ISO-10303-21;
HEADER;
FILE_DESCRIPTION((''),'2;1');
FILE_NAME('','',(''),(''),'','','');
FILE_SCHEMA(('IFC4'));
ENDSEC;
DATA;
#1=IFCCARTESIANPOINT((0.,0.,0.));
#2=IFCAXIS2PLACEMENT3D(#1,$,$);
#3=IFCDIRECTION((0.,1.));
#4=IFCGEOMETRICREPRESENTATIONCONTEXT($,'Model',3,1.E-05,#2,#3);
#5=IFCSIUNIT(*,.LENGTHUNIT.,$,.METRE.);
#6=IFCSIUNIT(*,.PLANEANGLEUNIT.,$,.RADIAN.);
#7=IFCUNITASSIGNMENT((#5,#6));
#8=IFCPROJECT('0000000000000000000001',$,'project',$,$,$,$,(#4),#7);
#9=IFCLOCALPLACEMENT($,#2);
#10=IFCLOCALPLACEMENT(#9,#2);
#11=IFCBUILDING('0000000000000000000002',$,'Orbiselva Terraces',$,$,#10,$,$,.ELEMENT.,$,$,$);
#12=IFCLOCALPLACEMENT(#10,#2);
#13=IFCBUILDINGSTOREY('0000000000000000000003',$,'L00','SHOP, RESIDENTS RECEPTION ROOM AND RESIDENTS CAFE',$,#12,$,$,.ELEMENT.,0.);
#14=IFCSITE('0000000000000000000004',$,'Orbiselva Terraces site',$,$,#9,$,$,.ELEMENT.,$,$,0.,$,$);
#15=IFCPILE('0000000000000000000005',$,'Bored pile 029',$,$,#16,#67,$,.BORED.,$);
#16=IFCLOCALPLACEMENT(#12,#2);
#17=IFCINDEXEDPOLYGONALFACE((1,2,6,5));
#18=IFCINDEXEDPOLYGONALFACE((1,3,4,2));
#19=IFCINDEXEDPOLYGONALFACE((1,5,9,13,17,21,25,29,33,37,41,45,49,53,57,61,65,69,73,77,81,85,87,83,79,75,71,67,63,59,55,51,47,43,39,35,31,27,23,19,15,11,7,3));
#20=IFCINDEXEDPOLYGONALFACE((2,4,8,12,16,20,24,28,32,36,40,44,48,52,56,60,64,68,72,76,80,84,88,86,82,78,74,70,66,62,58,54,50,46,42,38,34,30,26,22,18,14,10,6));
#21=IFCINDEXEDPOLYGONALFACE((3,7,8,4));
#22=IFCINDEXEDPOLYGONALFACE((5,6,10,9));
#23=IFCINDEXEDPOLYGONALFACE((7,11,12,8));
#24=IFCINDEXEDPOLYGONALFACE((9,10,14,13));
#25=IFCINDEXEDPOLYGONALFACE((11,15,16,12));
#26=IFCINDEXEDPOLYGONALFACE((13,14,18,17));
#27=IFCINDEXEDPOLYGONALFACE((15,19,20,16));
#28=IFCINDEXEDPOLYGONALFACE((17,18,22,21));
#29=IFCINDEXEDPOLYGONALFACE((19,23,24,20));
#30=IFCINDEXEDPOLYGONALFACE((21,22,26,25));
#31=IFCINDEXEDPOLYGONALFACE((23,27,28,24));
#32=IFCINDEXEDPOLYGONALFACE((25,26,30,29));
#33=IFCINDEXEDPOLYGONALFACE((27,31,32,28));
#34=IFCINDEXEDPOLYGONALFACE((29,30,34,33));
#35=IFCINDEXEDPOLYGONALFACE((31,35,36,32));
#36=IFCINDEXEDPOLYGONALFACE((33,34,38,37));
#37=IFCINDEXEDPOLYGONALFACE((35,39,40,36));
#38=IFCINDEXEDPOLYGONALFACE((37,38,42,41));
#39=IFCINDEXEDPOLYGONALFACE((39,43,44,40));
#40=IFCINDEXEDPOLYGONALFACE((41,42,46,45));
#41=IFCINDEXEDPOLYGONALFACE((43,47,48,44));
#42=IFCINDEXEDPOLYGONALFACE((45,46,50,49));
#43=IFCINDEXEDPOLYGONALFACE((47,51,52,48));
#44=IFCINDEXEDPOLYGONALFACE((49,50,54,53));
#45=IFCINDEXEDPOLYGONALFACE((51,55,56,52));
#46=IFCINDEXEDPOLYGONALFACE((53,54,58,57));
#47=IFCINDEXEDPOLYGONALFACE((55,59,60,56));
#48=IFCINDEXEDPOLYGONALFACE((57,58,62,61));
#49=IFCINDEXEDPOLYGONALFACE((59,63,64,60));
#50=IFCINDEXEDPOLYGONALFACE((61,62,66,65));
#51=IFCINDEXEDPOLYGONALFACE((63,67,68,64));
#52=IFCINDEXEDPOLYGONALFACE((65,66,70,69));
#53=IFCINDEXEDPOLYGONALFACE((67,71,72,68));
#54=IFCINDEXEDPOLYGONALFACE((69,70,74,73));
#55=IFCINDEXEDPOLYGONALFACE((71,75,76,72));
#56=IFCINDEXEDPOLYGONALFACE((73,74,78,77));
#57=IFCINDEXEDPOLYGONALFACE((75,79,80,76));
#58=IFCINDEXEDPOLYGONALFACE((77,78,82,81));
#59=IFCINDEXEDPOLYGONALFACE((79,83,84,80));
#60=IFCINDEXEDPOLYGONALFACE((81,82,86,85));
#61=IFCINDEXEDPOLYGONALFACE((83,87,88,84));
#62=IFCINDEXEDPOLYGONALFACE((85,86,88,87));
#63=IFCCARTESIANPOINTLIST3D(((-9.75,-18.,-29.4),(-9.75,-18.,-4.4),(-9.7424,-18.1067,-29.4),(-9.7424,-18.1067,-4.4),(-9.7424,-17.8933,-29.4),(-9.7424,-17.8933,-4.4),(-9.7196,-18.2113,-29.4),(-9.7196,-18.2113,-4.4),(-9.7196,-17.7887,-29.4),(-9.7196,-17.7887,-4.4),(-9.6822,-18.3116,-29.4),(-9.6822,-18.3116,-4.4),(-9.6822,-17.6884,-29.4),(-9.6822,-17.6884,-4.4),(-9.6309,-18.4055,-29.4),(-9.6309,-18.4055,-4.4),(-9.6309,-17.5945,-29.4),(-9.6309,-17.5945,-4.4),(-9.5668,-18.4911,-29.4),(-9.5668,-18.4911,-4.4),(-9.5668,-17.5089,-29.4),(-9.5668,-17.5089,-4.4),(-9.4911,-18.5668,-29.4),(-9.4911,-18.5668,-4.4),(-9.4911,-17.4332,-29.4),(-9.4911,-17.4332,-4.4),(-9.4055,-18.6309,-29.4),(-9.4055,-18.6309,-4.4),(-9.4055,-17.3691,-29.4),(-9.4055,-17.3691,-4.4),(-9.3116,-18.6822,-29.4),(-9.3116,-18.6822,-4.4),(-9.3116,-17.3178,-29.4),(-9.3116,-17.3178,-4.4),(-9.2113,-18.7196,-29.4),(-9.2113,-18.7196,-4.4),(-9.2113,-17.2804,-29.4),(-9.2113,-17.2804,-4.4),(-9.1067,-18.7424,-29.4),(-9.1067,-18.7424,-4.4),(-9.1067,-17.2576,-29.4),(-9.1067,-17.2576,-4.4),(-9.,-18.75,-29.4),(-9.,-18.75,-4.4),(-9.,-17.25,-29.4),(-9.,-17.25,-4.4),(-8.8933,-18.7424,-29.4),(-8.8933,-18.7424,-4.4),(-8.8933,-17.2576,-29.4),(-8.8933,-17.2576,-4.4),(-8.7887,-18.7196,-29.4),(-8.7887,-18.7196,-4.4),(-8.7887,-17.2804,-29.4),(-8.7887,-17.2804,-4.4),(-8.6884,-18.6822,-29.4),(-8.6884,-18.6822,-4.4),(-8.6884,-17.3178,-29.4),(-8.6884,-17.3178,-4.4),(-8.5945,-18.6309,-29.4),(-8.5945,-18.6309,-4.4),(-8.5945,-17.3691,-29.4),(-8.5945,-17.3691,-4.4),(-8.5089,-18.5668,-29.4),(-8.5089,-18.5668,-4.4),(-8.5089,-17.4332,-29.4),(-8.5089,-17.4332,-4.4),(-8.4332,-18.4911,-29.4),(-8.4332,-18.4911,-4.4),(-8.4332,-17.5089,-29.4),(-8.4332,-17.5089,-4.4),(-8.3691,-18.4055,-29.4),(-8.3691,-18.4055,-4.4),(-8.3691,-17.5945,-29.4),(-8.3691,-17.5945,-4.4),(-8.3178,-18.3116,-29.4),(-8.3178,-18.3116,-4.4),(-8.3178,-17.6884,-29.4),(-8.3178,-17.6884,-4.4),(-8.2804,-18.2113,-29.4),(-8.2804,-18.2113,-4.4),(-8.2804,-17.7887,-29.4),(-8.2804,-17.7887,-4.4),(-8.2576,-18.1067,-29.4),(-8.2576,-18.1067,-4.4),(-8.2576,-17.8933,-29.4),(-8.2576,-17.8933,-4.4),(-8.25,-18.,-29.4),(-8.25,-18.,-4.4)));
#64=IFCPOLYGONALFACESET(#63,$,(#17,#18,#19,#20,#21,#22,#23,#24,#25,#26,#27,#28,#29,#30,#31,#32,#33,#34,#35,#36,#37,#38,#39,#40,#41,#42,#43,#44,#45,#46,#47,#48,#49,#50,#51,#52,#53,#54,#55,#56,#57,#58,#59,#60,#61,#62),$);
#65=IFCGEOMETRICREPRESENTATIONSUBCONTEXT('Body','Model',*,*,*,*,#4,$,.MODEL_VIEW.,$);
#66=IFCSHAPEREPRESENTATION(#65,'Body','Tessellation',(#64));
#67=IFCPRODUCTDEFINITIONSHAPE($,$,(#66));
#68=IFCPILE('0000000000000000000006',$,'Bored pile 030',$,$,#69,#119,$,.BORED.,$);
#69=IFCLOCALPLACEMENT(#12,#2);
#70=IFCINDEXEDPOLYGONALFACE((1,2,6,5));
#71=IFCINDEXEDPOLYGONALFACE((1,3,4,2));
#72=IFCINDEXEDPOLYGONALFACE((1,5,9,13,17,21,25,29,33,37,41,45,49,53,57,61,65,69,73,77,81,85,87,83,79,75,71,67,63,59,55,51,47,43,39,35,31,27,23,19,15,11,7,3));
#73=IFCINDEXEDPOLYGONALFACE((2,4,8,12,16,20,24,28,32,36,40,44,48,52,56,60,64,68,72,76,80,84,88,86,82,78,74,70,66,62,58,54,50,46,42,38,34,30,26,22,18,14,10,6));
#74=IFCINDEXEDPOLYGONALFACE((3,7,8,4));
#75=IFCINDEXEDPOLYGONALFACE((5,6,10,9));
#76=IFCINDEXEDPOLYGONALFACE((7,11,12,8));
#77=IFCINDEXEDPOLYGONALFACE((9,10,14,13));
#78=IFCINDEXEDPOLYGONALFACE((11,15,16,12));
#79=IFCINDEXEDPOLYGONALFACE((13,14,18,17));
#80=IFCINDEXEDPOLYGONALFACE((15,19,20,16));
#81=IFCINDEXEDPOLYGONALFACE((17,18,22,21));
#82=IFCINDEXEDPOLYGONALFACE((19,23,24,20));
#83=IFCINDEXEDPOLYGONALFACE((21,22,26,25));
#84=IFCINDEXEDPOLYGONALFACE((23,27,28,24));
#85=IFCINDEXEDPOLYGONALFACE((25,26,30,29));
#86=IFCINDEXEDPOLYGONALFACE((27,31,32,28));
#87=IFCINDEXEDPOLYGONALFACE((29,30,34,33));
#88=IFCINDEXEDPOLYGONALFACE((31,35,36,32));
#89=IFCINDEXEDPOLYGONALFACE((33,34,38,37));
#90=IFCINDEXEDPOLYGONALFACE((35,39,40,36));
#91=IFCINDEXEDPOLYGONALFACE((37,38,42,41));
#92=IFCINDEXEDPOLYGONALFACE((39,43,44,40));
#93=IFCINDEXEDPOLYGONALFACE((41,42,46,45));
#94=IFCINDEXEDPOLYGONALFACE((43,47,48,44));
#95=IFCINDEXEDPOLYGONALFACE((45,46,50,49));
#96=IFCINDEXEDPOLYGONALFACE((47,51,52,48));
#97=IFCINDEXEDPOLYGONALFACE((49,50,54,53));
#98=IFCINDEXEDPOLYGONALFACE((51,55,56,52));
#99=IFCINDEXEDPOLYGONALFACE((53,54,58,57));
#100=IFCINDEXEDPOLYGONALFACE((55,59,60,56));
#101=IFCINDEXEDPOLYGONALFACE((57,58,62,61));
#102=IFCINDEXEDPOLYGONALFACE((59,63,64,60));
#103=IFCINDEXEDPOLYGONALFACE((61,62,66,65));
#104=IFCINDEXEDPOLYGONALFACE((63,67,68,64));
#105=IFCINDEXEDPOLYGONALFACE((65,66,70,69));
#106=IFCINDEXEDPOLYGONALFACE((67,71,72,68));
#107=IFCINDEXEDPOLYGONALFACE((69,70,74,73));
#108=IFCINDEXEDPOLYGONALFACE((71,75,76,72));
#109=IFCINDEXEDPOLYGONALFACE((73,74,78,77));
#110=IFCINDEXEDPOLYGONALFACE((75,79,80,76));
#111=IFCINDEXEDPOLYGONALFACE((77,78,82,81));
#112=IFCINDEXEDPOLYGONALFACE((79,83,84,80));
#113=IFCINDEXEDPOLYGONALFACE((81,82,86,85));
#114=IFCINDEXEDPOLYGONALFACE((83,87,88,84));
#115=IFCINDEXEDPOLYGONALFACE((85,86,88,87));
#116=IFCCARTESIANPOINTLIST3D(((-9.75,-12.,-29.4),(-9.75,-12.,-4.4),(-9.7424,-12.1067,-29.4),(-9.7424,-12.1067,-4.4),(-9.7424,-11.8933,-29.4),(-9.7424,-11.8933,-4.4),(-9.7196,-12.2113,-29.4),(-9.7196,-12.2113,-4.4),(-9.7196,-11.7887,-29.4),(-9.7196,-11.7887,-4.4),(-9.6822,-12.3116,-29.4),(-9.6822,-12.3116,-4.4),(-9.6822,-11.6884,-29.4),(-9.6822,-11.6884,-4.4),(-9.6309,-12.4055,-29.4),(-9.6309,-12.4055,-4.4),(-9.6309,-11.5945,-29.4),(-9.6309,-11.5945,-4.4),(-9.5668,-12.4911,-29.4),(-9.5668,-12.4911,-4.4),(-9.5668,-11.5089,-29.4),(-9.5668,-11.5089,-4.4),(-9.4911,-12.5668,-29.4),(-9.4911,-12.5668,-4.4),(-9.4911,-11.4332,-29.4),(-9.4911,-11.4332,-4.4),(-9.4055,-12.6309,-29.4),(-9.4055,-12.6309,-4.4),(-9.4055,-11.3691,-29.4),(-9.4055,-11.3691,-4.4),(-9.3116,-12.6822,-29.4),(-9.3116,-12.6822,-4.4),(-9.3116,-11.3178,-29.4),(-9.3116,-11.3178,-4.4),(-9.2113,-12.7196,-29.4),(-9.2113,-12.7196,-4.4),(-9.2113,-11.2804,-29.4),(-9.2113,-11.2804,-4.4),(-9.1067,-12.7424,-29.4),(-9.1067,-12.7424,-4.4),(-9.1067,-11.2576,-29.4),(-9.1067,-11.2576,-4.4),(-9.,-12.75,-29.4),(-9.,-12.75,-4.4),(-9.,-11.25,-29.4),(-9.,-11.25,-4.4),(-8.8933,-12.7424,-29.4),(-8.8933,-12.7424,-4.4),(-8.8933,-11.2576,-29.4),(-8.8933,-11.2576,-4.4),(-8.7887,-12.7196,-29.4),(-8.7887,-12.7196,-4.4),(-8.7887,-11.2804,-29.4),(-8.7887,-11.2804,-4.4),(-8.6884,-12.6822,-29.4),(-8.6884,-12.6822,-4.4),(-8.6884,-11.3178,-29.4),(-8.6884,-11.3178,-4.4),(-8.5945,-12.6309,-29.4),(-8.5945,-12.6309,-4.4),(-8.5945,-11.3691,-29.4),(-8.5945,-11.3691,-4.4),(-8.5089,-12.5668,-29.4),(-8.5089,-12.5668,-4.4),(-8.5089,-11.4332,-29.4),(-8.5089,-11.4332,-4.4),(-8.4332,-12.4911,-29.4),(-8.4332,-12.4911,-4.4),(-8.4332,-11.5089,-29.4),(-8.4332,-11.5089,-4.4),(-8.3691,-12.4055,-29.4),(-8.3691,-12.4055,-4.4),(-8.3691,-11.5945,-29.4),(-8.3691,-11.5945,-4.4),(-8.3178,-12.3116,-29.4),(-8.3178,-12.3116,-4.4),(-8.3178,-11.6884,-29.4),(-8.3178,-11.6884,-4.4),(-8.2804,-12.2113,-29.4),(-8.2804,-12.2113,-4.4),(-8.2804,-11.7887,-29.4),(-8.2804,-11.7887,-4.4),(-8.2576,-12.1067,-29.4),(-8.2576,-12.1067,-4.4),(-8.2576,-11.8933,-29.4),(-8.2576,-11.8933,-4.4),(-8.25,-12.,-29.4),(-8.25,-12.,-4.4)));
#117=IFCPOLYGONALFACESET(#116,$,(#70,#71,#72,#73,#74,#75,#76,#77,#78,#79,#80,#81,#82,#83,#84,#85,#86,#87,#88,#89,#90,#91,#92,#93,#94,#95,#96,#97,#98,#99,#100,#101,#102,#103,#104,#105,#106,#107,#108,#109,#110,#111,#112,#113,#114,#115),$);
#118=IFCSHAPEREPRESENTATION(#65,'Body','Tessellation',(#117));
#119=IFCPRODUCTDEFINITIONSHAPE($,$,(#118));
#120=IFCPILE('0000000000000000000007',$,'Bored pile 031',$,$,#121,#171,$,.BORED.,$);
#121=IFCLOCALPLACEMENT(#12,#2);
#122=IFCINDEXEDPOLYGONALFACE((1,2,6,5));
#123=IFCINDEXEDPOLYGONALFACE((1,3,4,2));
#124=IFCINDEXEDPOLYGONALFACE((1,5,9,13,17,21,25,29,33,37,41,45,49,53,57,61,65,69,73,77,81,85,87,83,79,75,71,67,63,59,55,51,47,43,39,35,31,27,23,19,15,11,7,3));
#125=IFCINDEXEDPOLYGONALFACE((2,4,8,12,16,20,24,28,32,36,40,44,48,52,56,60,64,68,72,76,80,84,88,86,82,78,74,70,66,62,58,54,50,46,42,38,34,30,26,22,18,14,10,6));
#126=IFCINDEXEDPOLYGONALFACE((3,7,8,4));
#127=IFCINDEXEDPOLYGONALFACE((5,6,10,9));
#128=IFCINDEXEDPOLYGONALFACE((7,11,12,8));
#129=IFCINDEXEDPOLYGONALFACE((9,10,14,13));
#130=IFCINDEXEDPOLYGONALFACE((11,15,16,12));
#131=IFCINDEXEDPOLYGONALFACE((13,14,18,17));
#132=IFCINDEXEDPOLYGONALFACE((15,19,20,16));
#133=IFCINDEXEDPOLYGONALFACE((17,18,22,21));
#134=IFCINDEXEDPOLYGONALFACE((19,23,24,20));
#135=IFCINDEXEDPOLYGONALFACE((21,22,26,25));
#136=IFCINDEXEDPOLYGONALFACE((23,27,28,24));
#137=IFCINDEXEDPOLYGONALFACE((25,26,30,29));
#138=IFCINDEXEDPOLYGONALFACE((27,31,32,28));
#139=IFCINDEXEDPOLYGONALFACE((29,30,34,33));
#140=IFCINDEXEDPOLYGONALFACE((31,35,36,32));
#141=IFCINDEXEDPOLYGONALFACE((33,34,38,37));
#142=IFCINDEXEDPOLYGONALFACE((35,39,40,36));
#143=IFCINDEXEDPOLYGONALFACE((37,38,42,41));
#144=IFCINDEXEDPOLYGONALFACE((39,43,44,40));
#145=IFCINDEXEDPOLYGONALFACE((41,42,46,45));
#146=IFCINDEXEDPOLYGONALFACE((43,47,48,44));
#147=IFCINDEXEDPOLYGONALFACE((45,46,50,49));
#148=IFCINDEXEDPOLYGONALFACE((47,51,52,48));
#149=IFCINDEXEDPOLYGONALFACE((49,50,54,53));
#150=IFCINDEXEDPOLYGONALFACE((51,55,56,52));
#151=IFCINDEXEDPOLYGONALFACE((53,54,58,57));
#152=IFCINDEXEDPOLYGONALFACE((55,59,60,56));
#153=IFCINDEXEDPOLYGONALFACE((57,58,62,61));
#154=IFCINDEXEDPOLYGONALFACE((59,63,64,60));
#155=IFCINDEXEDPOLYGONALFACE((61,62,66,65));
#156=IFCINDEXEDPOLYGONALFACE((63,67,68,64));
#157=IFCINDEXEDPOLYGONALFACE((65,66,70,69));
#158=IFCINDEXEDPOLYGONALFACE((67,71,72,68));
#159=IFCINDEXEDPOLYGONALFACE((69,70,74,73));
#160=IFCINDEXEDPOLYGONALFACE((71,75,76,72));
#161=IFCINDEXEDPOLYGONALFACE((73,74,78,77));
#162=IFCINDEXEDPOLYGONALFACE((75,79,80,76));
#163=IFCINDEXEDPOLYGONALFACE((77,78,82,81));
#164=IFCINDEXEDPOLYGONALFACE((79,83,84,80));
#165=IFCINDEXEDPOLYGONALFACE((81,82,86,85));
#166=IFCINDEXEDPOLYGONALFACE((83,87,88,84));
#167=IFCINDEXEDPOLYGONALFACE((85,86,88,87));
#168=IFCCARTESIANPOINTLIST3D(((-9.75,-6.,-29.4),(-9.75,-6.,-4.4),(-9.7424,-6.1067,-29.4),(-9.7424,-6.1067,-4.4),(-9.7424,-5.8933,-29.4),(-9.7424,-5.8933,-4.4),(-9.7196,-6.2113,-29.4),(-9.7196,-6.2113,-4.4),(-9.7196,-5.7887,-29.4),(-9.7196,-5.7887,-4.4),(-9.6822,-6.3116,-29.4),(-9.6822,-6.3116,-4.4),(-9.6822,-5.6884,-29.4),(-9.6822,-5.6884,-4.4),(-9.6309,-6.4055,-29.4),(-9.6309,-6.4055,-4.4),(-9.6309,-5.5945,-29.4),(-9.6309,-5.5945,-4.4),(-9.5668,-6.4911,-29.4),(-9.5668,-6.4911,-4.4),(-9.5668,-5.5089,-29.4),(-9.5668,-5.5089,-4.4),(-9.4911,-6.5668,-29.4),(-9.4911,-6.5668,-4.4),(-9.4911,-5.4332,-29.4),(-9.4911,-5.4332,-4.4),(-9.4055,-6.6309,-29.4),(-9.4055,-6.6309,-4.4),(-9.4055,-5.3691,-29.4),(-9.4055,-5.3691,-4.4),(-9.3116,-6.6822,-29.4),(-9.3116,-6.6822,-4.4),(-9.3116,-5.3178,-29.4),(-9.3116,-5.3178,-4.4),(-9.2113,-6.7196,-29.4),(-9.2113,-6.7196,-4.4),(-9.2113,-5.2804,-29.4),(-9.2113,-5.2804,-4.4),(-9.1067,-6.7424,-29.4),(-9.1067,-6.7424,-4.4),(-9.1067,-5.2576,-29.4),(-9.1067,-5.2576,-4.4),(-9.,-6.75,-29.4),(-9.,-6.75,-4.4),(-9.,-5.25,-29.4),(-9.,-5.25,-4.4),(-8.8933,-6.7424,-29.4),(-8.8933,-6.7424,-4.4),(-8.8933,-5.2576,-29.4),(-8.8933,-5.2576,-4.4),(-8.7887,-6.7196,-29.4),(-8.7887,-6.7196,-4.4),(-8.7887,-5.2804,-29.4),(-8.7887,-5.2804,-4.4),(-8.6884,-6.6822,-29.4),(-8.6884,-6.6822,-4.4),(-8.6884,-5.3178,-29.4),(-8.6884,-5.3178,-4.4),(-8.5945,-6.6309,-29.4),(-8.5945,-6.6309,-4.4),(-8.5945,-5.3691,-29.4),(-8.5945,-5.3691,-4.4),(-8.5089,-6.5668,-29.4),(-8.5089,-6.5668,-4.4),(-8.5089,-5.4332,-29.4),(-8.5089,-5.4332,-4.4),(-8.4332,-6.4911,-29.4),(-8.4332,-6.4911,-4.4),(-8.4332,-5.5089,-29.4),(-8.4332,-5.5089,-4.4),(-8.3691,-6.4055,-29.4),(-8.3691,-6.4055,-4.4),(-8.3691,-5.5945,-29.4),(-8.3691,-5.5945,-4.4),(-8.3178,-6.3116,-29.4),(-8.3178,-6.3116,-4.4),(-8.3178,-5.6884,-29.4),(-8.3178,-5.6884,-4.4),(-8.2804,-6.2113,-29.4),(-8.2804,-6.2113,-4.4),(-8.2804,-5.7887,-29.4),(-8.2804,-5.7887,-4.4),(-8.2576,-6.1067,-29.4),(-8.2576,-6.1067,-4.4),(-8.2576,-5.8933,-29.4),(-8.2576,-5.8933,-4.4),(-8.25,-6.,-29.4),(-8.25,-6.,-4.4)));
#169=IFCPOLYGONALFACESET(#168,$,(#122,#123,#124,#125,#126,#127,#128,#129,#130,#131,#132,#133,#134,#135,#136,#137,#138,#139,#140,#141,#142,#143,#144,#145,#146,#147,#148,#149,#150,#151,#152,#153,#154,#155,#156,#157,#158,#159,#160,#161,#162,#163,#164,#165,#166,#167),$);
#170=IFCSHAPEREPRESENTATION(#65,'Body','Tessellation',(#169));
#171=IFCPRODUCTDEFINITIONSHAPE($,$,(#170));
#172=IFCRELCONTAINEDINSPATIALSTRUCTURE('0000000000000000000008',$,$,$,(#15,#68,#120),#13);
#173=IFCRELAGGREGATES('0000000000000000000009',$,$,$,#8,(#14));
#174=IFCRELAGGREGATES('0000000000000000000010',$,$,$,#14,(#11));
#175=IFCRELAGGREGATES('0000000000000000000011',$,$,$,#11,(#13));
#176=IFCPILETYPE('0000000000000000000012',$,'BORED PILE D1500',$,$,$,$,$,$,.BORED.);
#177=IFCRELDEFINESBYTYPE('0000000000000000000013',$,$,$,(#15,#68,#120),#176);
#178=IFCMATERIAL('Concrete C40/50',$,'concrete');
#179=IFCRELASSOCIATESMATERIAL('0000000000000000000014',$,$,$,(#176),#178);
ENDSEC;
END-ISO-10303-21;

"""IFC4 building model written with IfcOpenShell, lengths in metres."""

from ifc_helpers import new_model, si_unit, direction, frame, origin, origin_2d, place, context, subcontext, project, spatial, circle, extrude, material, material_profile, profile_set, type_object, element, save


model = new_model("IFC4")

# Units and contexts
model_context = context("Model", 3, precision=1e-05, world=origin(), true_north=direction((0.0, 1.0)))
body_context = subcontext(model_context, "Body", "Model", "MODEL_VIEW")
ifc_project = project(units=[si_unit("LENGTHUNIT", "METRE"), si_unit("PLANEANGLEUNIT", "RADIAN")], contexts=[model_context])

# Site, building, storey
site_placement = place(None, origin())
site = spatial("IfcSite", under=ifc_project, at=site_placement, Name="Orbiselva Terraces site", CompositionType="ELEMENT", RefElevation=0.0)
building_placement = place(site_placement, origin())
building = spatial("IfcBuilding", under=site, at=building_placement, Name="Orbiselva Terraces", CompositionType="ELEMENT")
storey_placement = place(building_placement, origin())
storey = spatial("IfcBuildingStorey", under=building, at=storey_placement, Name="L00", Description="SHOP, RESIDENTS RECEPTION ROOM AND RESIDENTS CAFE", CompositionType="ELEMENT", Elevation=0.0)

# Piles
ifc_material_1 = material(Name="Concrete C40/50", Category="concrete")
ifc_material_profile_1 = material_profile(ifc_material_1, circle(Radius=0.75, at=origin_2d()), Name="D1500")
ifc_profile_set_1 = profile_set([ifc_material_profile_1], Name="Concrete C40/50")
pile_type = type_object("IfcPileType", Name="BORED PILE D1500", PredefinedType="BORED", material=ifc_profile_set_1)
for number, where, z_axis, x_axis, name in (
    (1, (-9.0, -18.0, -4.4), (0.0, 0.0, -1.0), (1.0, 0.0, 0.0), "Bored pile 029"),
    (2, (-9.0, -12.0, -4.4), (0.0, 0.0, -1.0), (1.0, 0.0, 0.0), "Bored pile 030"),
    (3, (-9.0, -6.0, -4.4), (0.0, 0.0, -1.0), (1.0, 0.0, 0.0), "Bored pile 031"),
):
    element("IfcPile", number, at=place(storey_placement, frame(where, z_axis=z_axis, x_axis=x_axis)), inside=storey, type_object=pile_type, Name=name, PredefinedType="BORED", context=body_context, shape_type="SweptSolid", body=[
        extrude(circle(Radius=0.75, at=origin_2d()), origin(), (0.0, 0.0, 1.0), 25.0),
    ])

save(model, "model.ifc")
